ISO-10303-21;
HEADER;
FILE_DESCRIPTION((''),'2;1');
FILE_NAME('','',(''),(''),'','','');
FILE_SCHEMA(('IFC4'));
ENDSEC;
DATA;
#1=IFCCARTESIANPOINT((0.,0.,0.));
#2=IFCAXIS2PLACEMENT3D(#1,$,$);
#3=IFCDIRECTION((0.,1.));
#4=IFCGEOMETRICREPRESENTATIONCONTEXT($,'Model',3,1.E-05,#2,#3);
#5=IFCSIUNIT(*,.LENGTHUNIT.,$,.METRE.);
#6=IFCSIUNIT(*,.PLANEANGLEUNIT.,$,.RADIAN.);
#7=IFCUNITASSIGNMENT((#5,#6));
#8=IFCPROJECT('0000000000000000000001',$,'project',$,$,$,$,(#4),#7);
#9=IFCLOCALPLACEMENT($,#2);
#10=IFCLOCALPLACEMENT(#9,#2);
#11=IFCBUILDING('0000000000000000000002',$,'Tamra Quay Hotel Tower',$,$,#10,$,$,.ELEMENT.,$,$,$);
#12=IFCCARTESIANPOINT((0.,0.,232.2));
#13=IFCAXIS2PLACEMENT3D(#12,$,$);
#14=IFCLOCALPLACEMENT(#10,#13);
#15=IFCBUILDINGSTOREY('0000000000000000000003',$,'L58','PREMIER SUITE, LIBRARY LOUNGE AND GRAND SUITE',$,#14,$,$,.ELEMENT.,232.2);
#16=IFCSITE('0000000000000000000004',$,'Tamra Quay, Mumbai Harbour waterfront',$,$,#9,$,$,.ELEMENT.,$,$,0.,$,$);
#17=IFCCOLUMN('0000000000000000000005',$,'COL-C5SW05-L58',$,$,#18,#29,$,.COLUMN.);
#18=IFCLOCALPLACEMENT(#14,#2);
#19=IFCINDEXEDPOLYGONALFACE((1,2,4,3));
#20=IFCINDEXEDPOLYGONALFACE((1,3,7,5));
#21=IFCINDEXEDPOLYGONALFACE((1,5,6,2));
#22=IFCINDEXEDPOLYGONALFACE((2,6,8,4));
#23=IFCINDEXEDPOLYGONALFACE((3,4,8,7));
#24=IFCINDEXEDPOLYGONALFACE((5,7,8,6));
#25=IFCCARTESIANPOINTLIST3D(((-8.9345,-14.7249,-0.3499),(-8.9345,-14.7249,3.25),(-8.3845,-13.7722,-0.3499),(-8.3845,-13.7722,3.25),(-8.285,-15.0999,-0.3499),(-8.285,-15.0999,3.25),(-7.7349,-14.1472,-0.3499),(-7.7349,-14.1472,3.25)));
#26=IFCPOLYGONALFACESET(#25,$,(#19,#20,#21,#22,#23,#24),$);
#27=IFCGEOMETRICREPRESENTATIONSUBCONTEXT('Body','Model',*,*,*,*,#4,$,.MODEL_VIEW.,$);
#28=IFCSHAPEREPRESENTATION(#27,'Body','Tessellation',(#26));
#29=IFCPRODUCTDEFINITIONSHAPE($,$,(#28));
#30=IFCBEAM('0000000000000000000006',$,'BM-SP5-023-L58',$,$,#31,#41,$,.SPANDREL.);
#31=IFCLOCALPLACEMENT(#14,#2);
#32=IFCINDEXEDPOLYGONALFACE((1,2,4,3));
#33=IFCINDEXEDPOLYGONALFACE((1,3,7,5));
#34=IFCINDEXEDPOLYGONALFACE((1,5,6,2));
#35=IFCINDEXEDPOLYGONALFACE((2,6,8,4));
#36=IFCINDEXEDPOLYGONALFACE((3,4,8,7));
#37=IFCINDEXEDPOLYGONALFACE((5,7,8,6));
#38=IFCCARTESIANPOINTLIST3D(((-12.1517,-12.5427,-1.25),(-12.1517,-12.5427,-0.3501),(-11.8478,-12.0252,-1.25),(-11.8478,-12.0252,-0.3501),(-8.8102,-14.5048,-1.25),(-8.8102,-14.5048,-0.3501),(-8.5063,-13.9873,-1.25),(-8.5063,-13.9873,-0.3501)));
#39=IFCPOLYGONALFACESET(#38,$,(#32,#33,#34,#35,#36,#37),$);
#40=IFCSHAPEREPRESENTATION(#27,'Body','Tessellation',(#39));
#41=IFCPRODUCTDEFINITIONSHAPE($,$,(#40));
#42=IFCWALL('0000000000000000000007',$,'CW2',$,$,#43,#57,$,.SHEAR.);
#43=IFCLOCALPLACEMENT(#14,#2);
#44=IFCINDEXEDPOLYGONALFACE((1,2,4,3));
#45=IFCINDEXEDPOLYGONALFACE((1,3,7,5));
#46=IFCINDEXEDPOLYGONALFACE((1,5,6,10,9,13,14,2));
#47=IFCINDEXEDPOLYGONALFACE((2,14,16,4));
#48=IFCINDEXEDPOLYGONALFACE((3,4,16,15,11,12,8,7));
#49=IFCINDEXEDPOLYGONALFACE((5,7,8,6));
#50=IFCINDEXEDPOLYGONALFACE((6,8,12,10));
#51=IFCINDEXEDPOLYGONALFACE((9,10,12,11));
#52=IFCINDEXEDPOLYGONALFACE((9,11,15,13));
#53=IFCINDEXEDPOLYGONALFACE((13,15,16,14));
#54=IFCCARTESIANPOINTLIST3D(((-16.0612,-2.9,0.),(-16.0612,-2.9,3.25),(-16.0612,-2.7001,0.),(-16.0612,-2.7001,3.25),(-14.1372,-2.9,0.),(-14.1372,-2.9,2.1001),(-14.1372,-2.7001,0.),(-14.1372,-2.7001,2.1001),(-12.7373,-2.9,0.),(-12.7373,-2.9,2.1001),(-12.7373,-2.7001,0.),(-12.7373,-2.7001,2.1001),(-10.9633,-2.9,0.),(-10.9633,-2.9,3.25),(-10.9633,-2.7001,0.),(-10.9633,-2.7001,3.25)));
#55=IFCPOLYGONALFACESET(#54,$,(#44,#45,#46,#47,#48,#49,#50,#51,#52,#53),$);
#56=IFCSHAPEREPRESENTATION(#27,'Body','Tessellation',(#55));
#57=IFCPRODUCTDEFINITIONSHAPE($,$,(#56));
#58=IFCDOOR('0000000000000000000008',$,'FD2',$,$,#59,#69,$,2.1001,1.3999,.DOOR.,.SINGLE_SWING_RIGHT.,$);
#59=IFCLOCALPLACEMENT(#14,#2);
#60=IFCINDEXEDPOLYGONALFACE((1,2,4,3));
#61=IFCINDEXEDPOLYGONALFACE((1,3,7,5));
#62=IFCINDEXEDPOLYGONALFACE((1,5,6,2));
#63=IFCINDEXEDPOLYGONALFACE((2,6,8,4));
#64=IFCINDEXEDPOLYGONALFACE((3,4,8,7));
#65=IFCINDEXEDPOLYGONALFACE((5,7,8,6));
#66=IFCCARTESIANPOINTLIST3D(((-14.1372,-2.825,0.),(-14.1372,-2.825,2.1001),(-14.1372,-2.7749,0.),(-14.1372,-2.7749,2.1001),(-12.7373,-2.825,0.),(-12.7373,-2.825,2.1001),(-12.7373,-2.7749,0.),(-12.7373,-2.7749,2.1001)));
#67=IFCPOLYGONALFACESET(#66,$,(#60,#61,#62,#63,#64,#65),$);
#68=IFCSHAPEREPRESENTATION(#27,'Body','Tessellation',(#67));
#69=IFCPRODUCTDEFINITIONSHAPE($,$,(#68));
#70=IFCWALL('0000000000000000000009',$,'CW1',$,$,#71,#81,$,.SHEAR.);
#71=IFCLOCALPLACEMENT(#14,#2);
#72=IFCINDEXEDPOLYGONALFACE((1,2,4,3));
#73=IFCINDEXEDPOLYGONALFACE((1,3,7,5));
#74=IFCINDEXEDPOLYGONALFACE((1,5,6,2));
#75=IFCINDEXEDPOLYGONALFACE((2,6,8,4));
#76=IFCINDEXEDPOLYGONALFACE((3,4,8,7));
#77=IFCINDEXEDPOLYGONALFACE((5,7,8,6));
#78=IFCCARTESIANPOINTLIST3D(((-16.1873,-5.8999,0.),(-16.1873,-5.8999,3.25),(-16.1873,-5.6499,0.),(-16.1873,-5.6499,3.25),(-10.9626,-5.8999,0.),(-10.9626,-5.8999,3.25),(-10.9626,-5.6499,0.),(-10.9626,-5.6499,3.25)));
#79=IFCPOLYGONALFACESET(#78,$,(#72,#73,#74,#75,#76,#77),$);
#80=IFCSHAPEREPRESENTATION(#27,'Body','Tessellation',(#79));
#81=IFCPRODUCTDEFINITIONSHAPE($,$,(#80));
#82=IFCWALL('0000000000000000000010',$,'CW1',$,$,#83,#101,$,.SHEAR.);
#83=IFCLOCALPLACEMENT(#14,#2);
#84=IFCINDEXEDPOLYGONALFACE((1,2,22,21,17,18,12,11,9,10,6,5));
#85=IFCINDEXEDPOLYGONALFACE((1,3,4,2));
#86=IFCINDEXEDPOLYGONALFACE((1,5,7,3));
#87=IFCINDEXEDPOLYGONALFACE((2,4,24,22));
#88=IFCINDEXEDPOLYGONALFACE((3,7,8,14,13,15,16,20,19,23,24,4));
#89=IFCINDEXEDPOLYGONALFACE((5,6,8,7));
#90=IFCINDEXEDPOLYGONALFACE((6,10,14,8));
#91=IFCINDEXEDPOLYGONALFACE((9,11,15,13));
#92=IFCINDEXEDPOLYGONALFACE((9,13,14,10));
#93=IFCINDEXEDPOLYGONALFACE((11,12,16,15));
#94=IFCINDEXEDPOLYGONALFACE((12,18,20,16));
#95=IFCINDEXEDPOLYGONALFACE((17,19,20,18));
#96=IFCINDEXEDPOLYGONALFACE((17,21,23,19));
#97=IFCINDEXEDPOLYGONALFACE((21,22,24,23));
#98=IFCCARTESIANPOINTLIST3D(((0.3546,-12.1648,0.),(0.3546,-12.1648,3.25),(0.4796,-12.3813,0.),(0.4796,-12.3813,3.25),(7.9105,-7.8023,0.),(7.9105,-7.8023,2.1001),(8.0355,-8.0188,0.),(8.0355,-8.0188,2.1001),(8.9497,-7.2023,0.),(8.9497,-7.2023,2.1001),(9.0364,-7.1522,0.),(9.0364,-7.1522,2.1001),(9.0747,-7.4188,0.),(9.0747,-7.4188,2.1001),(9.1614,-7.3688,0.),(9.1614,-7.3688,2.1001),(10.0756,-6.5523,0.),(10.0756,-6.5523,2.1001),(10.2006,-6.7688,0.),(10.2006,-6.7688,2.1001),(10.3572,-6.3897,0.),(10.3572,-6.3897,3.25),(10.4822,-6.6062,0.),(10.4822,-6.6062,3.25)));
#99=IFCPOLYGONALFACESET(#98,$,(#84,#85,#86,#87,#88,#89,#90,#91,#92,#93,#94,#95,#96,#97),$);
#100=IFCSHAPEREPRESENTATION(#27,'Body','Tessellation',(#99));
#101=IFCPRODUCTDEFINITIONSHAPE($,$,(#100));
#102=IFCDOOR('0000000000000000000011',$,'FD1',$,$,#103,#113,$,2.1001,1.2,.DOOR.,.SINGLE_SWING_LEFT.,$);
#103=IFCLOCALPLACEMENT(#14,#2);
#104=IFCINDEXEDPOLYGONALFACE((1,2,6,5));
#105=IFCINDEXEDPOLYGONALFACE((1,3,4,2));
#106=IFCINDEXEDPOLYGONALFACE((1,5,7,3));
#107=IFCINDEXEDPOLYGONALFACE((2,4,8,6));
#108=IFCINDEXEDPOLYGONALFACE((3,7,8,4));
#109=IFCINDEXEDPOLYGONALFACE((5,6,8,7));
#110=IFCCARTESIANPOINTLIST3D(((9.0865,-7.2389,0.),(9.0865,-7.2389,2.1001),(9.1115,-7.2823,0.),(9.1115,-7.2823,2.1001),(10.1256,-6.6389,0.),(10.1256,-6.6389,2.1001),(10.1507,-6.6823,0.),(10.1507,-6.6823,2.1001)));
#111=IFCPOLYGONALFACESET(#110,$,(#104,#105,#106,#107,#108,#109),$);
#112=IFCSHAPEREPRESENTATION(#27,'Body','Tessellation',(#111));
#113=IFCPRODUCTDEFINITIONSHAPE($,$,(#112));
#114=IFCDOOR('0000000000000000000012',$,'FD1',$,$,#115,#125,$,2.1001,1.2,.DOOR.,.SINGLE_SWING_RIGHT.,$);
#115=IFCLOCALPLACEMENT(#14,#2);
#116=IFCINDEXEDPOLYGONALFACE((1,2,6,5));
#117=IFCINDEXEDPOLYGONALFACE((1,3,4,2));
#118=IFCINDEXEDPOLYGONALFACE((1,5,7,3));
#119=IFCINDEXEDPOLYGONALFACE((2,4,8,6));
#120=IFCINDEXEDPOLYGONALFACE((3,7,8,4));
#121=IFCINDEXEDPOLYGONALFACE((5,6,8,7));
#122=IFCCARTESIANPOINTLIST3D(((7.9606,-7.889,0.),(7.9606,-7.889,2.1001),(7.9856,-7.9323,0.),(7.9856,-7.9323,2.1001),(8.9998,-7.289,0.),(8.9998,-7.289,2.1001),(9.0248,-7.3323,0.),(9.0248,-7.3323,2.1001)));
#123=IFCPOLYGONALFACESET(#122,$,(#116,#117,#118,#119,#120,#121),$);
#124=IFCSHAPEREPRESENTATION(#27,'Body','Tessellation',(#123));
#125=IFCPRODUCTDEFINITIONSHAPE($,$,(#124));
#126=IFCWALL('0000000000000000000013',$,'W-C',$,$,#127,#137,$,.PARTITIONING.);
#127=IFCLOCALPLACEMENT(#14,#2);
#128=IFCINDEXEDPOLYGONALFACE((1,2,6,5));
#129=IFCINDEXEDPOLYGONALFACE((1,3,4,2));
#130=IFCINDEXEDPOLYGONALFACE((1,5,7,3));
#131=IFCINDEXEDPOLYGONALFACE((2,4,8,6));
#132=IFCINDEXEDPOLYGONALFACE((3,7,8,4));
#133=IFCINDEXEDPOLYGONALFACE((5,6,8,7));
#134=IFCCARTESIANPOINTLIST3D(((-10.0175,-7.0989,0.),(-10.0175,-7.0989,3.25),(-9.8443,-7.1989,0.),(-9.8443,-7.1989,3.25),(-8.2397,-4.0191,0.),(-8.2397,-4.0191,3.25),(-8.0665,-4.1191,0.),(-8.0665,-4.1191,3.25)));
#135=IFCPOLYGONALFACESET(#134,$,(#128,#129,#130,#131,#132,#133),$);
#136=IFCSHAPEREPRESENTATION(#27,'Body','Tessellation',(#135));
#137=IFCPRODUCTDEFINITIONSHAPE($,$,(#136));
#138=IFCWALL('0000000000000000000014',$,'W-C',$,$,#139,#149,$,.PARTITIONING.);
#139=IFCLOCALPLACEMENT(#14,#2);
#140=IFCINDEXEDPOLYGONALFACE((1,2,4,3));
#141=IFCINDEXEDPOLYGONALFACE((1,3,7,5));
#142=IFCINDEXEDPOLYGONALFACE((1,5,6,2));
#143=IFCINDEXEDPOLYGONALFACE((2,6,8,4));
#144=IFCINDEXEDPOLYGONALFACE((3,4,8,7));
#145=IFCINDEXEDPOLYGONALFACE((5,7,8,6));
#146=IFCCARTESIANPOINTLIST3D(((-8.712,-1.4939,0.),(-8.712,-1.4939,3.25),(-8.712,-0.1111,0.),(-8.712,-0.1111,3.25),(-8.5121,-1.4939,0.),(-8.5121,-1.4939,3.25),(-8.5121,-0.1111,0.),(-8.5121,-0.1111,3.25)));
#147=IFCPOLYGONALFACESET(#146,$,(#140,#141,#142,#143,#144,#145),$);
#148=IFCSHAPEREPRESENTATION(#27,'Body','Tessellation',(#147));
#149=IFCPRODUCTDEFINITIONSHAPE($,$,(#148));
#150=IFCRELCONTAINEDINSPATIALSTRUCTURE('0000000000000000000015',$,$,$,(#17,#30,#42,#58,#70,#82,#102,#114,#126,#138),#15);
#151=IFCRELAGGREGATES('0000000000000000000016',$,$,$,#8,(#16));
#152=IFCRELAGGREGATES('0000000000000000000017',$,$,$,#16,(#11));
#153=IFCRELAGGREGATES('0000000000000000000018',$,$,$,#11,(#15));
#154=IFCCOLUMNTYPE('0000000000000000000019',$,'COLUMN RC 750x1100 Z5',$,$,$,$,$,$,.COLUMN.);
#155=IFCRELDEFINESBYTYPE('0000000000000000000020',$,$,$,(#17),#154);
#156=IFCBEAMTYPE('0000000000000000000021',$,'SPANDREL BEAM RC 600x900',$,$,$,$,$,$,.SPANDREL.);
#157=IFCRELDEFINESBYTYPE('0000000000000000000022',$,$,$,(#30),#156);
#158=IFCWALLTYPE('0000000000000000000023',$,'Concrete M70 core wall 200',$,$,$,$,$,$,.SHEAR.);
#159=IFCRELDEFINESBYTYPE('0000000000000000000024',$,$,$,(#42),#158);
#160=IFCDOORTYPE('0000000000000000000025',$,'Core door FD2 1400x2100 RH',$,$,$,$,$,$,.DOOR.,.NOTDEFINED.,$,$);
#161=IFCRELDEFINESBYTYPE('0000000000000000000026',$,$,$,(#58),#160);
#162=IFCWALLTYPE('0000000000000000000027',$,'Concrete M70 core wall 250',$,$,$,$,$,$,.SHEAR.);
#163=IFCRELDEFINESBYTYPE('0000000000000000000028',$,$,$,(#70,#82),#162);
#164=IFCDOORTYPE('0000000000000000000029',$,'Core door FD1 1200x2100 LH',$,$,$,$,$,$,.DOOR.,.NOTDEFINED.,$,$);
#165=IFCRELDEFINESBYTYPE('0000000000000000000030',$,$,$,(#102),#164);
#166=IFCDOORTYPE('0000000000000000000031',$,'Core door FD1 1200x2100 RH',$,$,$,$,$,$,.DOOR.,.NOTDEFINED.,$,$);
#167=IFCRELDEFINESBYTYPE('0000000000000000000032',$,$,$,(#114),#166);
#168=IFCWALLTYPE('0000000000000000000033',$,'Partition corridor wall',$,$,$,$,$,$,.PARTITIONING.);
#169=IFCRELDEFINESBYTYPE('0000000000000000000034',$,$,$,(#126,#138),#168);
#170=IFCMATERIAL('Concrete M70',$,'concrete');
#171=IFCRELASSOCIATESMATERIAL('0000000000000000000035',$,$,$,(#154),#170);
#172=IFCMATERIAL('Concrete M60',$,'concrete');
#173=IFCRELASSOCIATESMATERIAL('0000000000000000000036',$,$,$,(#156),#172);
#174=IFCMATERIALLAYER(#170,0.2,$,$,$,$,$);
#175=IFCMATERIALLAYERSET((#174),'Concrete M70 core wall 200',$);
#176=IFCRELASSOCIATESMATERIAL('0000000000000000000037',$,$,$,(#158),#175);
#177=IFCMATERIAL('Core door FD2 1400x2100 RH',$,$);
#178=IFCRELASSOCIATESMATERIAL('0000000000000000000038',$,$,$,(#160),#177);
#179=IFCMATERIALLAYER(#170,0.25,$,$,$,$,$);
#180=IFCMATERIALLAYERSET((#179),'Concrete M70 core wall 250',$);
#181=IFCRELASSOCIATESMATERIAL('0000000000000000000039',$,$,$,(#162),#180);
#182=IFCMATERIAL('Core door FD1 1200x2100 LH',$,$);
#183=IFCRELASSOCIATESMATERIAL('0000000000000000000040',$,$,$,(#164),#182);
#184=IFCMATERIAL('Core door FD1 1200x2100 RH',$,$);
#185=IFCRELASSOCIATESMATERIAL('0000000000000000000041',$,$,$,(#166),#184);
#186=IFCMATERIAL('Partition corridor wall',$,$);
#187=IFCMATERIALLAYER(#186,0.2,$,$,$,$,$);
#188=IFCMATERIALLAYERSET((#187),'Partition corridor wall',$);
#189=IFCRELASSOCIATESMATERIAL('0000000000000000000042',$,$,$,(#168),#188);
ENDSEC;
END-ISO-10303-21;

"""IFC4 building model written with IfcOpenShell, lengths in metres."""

from ifc_helpers import new_model, si_unit, direction, frame, frame_2d, origin, origin_2d, place, context, subcontext, project, spatial, rectangle, extrude, material, layer, layer_set, material_profile, profile_set, type_object, element, fill, save


model = new_model("IFC4")

# Units and contexts
model_context = context("Model", 3, precision=1e-05, world=origin(), true_north=direction((0.0, 1.0)))
body_context = subcontext(model_context, "Body", "Model", "MODEL_VIEW")
ifc_project = project(units=[si_unit("LENGTHUNIT", "METRE"), si_unit("PLANEANGLEUNIT", "RADIAN")], contexts=[model_context])

# Site, building, storey
site_placement = place(None, origin())
site = spatial("IfcSite", under=ifc_project, at=site_placement, Name="Tamra Quay, Mumbai Harbour waterfront", CompositionType="ELEMENT", RefElevation=0.0)
building_placement = place(site_placement, origin())
building = spatial("IfcBuilding", under=site, at=building_placement, Name="Tamra Quay Hotel Tower", CompositionType="ELEMENT")
storey_placement = place(building_placement, frame((0.0, 0.0, 232.2)))
storey = spatial("IfcBuildingStorey", under=building, at=storey_placement, Name="L58", Description="PREMIER SUITE, LIBRARY LOUNGE AND GRAND SUITE", CompositionType="ELEMENT", Elevation=232.2)

# Column
ifc_material_1 = material(Name="Concrete M70", Category="concrete")
ifc_material_profile_1 = material_profile(ifc_material_1, rectangle(XDim=1.1001, YDim=0.75, at=origin_2d()), Name="COLUMN RC 750x1100 Z5")
ifc_profile_set_1 = profile_set([ifc_material_profile_1], Name="Concrete M70")
column_type = type_object("IfcColumnType", Name="COLUMN RC 750x1100 Z5", PredefinedType="COLUMN", material=ifc_profile_set_1)
column_placement = place(storey_placement, frame((-8.3347, -14.436, -0.3499), z_axis=(0.0, 0.0, 1.0), x_axis=(0.5, 0.866025, 0.0)))
element("IfcColumn", 1, at=column_placement, inside=storey, type_object=column_type, Name="COL-C5SW05-L58", PredefinedType="COLUMN", context=body_context, shape_type="SweptSolid", body=[
    extrude(rectangle(XDim=1.1001, YDim=0.75, at=origin_2d()), origin(), (0.0, 0.0, 1.0), 3.5999),
])

# Beam
ifc_material_2 = material(Name="Concrete M60", Category="concrete")
ifc_material_profile_2 = material_profile(ifc_material_2, rectangle(XDim=0.6001, YDim=0.8999, at=origin_2d()), Name="SPANDREL BEAM RC 600x900")
ifc_profile_set_2 = profile_set([ifc_material_profile_2], Name="Concrete M60")
beam_type = type_object("IfcBeamType", Name="SPANDREL BEAM RC 600x900", PredefinedType="SPANDREL", material=ifc_profile_set_2)
beam_placement = place(storey_placement, frame((-11.9998, -12.2839, -0.8), z_axis=(0.862324, -0.506356, 0.0), x_axis=(0.506356, 0.862324, 0.0)))
element("IfcBeam", 2, at=beam_placement, inside=storey, type_object=beam_type, Name="BM-SP5-023-L58", PredefinedType="SPANDREL", context=body_context, shape_type="SweptSolid", body=[
    extrude(rectangle(XDim=0.6001, YDim=0.8999, at=origin_2d()), origin(), (0.0, 0.0, 1.0), 3.875),
])

# Wall, opening, door
ifc_layer_1 = layer(ifc_material_1, 0.2)
ifc_layer_set_1 = layer_set([ifc_layer_1], Name="Concrete M70 core wall 200")
wall_type_1 = type_object("IfcWallType", Name="Concrete M70 core wall 200", PredefinedType="SHEAR", material=ifc_layer_set_1)
wall_1_placement = place(storey_placement, frame((-10.9634, -2.8, 0.0), z_axis=(0.0, 0.0, 1.0), x_axis=(-1.0, 0.0, 0.0)))
wall_1 = element("IfcWall", 3, at=wall_1_placement, inside=storey, type_object=wall_type_1, Name="CW2", PredefinedType="SHEAR", context=body_context, shape_type="SweptSolid", body=[
    extrude(rectangle(XDim=5.0979, YDim=0.2, at=frame_2d((2.5488, 0.0))), origin(), (0.0, 0.0, 1.0), 3.25),
])
opening_1_placement = place(wall_1_placement, frame((1.7739, 0.0, 0.0)))
opening_1 = element("IfcOpeningElement", 4, at=opening_1_placement, cuts=wall_1, PredefinedType="OPENING", context=body_context, shape_type="SweptSolid", body=[
    extrude(rectangle(XDim=1.3999, YDim=2.1001, at=frame_2d((0.7, 1.05))), frame((0.0, 0.1099, 0.0), z_axis=(0.0, -1.0, 0.0), x_axis=(1.0, 0.0, 0.0)), (0.0, 0.0, 1.0), 0.22),
])
ifc_material_3 = material(Name="Core door FD2 1400x2100 RH")
door_type_1 = type_object("IfcDoorType", Name="Core door FD2 1400x2100 RH", OperationType="NOTDEFINED", PredefinedType="DOOR", material=ifc_material_3)
door_1_placement = place(opening_1_placement, origin())
door_1 = element("IfcDoor", 5, at=door_1_placement, inside=storey, type_object=door_type_1, Name="FD2", OperationType="SINGLE_SWING_RIGHT", OverallHeight=2.1001, OverallWidth=1.3999, PredefinedType="DOOR", context=body_context, shape_type="SweptSolid", body=[
    extrude(rectangle(XDim=1.3999, YDim=2.1001, at=frame_2d((0.7, 1.05))), frame((0.0, 0.0249, 0.0), z_axis=(0.0, -1.0, 0.0), x_axis=(1.0, 0.0, 0.0)), (0.0, 0.0, 1.0), 0.05),
])
fill(opening_1, door_1)

# Wall
ifc_layer_2 = layer(ifc_material_1, 0.25)
ifc_layer_set_2 = layer_set([ifc_layer_2], Name="Concrete M70 core wall 250")
wall_type_2 = type_object("IfcWallType", Name="Concrete M70 core wall 250", PredefinedType="SHEAR", material=ifc_layer_set_2)
wall_2_placement = place(storey_placement, frame((-10.9626, -5.7749, 0.0), z_axis=(0.0, 0.0, 1.0), x_axis=(-1.0, 0.0, 0.0)))
element("IfcWall", 6, at=wall_2_placement, inside=storey, type_object=wall_type_2, Name="CW1", PredefinedType="SHEAR", context=body_context, shape_type="SweptSolid", body=[
    extrude(rectangle(XDim=5.2246, YDim=0.25, at=frame_2d((2.6123, 0.0))), origin(), (0.0, 0.0, 1.0), 3.25),
])

# Wall, openings, doors
wall_3_placement = place(storey_placement, frame((0.4172, -12.2729, 0.0), z_axis=(0.0, 0.0, 1.0), x_axis=(0.866022, 0.500006, 0.0)))
wall_3 = element("IfcWall", 7, at=wall_3_placement, inside=storey, type_object=wall_type_2, Name="CW1", PredefinedType="SHEAR", context=body_context, shape_type="SweptSolid", body=[
    extrude(rectangle(XDim=11.55, YDim=0.25, at=frame_2d((5.7749, 0.0))), origin(), (0.0, 0.0, 1.0), 3.25),
])
opening_2_placement = place(wall_3_placement, frame((10.0247, 0.0, 0.0)))
opening_2 = element("IfcOpeningElement", 8, at=opening_2_placement, cuts=wall_3, PredefinedType="OPENING", context=body_context, shape_type="SweptSolid", body=[
    extrude(rectangle(XDim=1.2, YDim=2.1001, at=frame_2d((0.6001, 1.05))), frame((0.0, 0.135, 0.0), z_axis=(0.0, -1.0, 0.0), x_axis=(1.0, 0.0, 0.0)), (0.0, 0.0, 1.0), 0.27),
])
opening_3_placement = place(wall_3_placement, frame((8.7246, 0.0, 0.0)))
opening_3 = element("IfcOpeningElement", 9, at=opening_3_placement, cuts=wall_3, PredefinedType="OPENING", context=body_context, shape_type="SweptSolid", body=[
    extrude(rectangle(XDim=1.2, YDim=2.1001, at=frame_2d((0.6001, 1.05))), frame((0.0, 0.135, 0.0), z_axis=(0.0, -1.0, 0.0), x_axis=(1.0, 0.0, 0.0)), (0.0, 0.0, 1.0), 0.27),
])
ifc_material_4 = material(Name="Core door FD1 1200x2100 LH")
door_type_2 = type_object("IfcDoorType", Name="Core door FD1 1200x2100 LH", OperationType="NOTDEFINED", PredefinedType="DOOR", material=ifc_material_4)
door_2_placement = place(opening_2_placement, origin())
door_2 = element("IfcDoor", 10, at=door_2_placement, inside=storey, type_object=door_type_2, Name="FD1", OperationType="SINGLE_SWING_LEFT", OverallHeight=2.1001, OverallWidth=1.2, PredefinedType="DOOR", context=body_context, shape_type="SweptSolid", body=[
    extrude(rectangle(XDim=1.2, YDim=2.1001, at=frame_2d((0.6001, 1.05))), frame((0.0, 0.0249, 0.0), z_axis=(0.0, -1.0, 0.0), x_axis=(1.0, 0.0, 0.0)), (0.0, 0.0, 1.0), 0.05),
])
fill(opening_2, door_2)
ifc_material_5 = material(Name="Core door FD1 1200x2100 RH")
door_type_3 = type_object("IfcDoorType", Name="Core door FD1 1200x2100 RH", OperationType="NOTDEFINED", PredefinedType="DOOR", material=ifc_material_5)
door_3_placement = place(opening_3_placement, origin())
door_3 = element("IfcDoor", 11, at=door_3_placement, inside=storey, type_object=door_type_3, Name="FD1", OperationType="SINGLE_SWING_RIGHT", OverallHeight=2.1001, OverallWidth=1.2, PredefinedType="DOOR", context=body_context, shape_type="SweptSolid", body=[
    extrude(rectangle(XDim=1.2, YDim=2.1001, at=frame_2d((0.6001, 1.05))), frame((0.0, 0.0249, 0.0), z_axis=(0.0, -1.0, 0.0), x_axis=(1.0, 0.0, 0.0)), (0.0, 0.0, 1.0), 0.05),
])
fill(opening_3, door_3)

# Walls
ifc_material_6 = material(Name="Partition corridor wall")
ifc_layer_3 = layer(ifc_material_6, 0.2)
ifc_layer_set_3 = layer_set([ifc_layer_3], Name="Partition corridor wall")
wall_type_3 = type_object("IfcWallType", Name="Partition corridor wall", PredefinedType="PARTITIONING", material=ifc_layer_set_3)
wall_4_placement = place(storey_placement, frame((-9.9309, -7.1489, 0.0), z_axis=(0.0, 0.0, 1.0), x_axis=(0.499934, 0.866063, 0.0)))
element("IfcWall", 12, at=wall_4_placement, inside=storey, type_object=wall_type_3, Name="W-C", PredefinedType="PARTITIONING", context=body_context, shape_type="SweptSolid", body=[
    extrude(rectangle(XDim=3.5562, YDim=0.2, at=frame_2d((1.7781, 0.0))), origin(), (0.0, 0.0, 1.0), 3.25),
])
wall_5_placement = place(storey_placement, frame((-8.6121, -1.4939, 0.0), z_axis=(0.0, 0.0, 1.0), x_axis=(0.0, 1.0, 0.0)))
element("IfcWall", 13, at=wall_5_placement, inside=storey, type_object=wall_type_3, Name="W-C", PredefinedType="PARTITIONING", context=body_context, shape_type="SweptSolid", body=[
    extrude(rectangle(XDim=1.3828, YDim=0.2, at=frame_2d((0.6914, 0.0))), origin(), (0.0, 0.0, 1.0), 3.25),
])

save(model, "model.ifc")
